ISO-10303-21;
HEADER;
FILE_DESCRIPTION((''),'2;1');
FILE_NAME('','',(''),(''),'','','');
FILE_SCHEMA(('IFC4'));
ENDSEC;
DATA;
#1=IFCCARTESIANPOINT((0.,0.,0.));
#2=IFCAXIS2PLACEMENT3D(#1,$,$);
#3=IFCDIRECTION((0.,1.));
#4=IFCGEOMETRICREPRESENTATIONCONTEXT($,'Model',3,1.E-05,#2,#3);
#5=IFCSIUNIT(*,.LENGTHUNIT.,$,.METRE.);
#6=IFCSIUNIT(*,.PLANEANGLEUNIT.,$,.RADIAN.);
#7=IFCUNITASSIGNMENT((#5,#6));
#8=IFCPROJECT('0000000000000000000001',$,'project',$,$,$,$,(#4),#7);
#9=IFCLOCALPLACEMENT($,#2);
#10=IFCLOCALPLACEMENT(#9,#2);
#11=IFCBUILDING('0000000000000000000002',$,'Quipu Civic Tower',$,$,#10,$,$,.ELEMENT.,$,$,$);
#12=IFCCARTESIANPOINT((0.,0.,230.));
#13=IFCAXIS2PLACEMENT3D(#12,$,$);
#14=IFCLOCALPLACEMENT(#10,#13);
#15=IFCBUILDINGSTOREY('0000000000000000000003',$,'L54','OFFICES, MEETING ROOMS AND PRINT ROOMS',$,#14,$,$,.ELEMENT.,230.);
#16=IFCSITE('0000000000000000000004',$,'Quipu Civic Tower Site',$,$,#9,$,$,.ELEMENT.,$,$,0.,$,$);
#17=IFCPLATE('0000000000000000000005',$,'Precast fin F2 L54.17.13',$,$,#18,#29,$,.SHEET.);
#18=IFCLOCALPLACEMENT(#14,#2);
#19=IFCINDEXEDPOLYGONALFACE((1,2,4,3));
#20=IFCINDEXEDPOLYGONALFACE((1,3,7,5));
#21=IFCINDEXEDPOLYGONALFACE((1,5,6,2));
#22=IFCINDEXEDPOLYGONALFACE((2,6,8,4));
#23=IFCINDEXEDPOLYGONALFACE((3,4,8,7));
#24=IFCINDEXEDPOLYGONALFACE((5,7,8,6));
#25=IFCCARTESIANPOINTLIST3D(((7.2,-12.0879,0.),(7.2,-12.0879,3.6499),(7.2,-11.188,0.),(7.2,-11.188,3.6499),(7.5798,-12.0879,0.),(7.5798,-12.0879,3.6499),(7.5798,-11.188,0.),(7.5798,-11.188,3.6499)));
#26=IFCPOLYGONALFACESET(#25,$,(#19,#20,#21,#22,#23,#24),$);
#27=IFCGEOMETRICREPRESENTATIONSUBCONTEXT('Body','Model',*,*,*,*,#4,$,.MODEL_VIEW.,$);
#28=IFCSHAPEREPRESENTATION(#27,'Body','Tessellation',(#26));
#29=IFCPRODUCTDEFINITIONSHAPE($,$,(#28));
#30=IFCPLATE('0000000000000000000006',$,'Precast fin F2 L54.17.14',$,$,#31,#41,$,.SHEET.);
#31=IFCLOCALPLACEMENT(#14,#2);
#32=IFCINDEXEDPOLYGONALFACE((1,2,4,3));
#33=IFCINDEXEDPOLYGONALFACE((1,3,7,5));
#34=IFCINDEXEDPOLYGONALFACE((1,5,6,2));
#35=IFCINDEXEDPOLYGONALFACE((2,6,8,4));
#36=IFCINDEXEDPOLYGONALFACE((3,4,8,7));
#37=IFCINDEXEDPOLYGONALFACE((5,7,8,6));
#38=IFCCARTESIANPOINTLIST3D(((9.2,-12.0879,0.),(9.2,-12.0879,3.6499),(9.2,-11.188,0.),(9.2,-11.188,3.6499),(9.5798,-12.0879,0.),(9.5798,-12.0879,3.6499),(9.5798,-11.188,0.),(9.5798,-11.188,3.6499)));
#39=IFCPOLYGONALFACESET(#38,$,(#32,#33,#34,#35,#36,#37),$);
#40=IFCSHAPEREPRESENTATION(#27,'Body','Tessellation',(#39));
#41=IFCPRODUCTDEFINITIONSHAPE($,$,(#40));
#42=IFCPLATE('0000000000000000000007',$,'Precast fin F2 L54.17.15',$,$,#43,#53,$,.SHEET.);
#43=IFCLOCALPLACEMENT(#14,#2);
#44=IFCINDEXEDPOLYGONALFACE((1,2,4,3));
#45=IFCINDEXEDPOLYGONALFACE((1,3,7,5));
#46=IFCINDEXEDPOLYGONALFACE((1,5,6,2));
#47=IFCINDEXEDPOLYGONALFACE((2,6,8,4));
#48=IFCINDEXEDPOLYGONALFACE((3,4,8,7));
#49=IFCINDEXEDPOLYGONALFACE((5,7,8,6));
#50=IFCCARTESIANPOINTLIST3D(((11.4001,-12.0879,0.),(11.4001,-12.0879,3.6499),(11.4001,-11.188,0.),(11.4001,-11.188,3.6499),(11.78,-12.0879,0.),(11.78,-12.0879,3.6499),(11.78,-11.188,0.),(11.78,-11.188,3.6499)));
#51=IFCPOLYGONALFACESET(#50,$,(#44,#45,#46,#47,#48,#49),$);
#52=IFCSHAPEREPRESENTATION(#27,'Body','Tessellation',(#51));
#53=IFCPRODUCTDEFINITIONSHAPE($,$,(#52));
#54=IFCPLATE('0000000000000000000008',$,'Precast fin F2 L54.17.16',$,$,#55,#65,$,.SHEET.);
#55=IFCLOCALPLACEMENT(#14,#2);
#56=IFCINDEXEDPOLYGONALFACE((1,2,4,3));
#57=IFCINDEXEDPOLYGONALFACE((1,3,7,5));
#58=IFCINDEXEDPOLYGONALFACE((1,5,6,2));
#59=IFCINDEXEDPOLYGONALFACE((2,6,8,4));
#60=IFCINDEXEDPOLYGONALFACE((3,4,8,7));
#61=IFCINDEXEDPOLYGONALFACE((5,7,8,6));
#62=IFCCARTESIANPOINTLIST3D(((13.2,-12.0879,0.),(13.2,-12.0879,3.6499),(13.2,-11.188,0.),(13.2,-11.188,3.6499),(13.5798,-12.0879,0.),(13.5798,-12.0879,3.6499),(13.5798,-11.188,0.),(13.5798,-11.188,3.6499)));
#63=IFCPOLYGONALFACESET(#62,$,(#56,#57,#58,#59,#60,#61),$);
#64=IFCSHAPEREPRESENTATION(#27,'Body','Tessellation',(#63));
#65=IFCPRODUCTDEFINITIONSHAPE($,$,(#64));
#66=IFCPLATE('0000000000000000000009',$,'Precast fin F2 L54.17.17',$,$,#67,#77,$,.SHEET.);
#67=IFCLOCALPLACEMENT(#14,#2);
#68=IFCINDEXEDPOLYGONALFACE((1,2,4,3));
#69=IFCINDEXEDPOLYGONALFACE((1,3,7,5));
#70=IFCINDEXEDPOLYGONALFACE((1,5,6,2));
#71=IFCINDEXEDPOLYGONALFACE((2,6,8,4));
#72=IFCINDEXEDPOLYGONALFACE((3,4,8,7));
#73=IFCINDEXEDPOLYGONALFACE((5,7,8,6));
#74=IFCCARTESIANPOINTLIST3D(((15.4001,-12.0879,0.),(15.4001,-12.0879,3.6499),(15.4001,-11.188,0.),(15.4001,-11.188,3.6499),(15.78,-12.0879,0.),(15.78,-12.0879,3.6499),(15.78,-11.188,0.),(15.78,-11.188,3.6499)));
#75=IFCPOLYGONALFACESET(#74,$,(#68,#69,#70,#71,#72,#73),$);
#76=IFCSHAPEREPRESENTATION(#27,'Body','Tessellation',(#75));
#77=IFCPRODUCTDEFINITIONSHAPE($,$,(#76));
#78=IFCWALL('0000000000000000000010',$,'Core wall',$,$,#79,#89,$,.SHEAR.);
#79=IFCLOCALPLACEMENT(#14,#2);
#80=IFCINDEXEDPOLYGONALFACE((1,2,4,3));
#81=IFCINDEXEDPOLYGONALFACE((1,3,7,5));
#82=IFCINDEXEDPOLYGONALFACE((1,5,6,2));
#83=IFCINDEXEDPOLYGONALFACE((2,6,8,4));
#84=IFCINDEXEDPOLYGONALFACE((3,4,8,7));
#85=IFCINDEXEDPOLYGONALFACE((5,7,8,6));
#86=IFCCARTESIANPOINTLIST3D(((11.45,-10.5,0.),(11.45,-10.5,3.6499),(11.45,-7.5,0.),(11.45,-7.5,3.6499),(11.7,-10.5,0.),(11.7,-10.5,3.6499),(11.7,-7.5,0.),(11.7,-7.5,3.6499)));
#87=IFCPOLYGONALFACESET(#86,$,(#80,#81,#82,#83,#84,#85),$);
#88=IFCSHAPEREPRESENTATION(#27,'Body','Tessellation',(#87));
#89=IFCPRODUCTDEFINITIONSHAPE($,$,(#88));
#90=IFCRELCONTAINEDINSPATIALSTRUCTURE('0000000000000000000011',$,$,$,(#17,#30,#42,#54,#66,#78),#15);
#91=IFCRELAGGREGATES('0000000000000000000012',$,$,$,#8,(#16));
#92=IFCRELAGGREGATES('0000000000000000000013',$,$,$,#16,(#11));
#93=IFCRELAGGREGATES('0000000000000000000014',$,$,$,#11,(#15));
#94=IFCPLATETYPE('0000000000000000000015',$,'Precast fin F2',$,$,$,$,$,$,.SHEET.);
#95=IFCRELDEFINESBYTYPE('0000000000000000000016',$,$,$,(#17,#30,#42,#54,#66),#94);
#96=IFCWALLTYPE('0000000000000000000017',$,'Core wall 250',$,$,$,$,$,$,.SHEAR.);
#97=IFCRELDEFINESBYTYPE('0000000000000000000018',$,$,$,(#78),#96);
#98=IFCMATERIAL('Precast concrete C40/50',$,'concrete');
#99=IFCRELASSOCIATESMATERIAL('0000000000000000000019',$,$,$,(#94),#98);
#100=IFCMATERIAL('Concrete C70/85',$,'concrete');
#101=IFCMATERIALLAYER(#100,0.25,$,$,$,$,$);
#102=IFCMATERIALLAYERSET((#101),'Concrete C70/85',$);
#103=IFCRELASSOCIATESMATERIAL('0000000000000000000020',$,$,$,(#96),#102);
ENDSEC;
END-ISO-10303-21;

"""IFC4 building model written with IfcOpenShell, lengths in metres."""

from ifc_helpers import new_model, si_unit, direction, frame, frame_2d, origin, origin_2d, place, context, subcontext, project, spatial, rectangle, extrude, material, layer, layer_set, type_object, element, save


model = new_model("IFC4")

# Units and contexts
model_context = context("Model", 3, precision=1e-05, world=origin(), true_north=direction((0.0, 1.0)))
body_context = subcontext(model_context, "Body", "Model", "MODEL_VIEW")
ifc_project = project(units=[si_unit("LENGTHUNIT", "METRE"), si_unit("PLANEANGLEUNIT", "RADIAN")], contexts=[model_context])

# Site, building, storey
site_placement = place(None, origin())
site = spatial("IfcSite", under=ifc_project, at=site_placement, Name="Quipu Civic Tower Site", CompositionType="ELEMENT", RefElevation=0.0)
building_placement = place(site_placement, origin())
building = spatial("IfcBuilding", under=site, at=building_placement, Name="Quipu Civic Tower", CompositionType="ELEMENT")
storey_placement = place(building_placement, frame((0.0, 0.0, 230.0)))
storey = spatial("IfcBuildingStorey", under=building, at=storey_placement, Name="L54", Description="OFFICES, MEETING ROOMS AND PRINT ROOMS", CompositionType="ELEMENT", Elevation=230.0)

# Plates
ifc_material_1 = material(Name="Precast concrete C40/50", Category="concrete")
plate_type = type_object("IfcPlateType", Name="Precast fin F2", PredefinedType="SHEET", material=ifc_material_1)
for number, where, z_axis, x_axis, name in (
    (1, (7.3899, -11.6379, 0.0), (0.0, 0.0, 1.0), (1.0, 0.0, 0.0), "Precast fin F2 L54.17.13"),
    (2, (9.3899, -11.6379, 0.0), (0.0, 0.0, 1.0), (1.0, 0.0, 0.0), "Precast fin F2 L54.17.14"),
    (3, (11.5901, -11.6379, 0.0), (0.0, 0.0, 1.0), (1.0, 0.0, 0.0), "Precast fin F2 L54.17.15"),
    (4, (13.3899, -11.6379, 0.0), (0.0, 0.0, 1.0), (1.0, 0.0, 0.0), "Precast fin F2 L54.17.16"),
    (5, (15.5901, -11.6379, 0.0), (0.0, 0.0, 1.0), (1.0, 0.0, 0.0), "Precast fin F2 L54.17.17"),
):
    element("IfcPlate", number, at=place(storey_placement, frame(where, z_axis=z_axis, x_axis=x_axis)), inside=storey, type_object=plate_type, Name=name, PredefinedType="SHEET", context=body_context, shape_type="SweptSolid", body=[
        extrude(rectangle(XDim=0.3799, YDim=0.8999, at=origin_2d()), origin(), (0.0, 0.0, 1.0), 3.6499),
    ])

# Wall
ifc_material_2 = material(Name="Concrete C70/85", Category="concrete")
ifc_layer_1 = layer(ifc_material_2, 0.25)
ifc_layer_set_1 = layer_set([ifc_layer_1], Name="Concrete C70/85")
wall_type_1 = type_object("IfcWallType", Name="Core wall 250", PredefinedType="SHEAR", material=ifc_layer_set_1)
wall_1_placement = place(storey_placement, frame((11.575, -10.5, 0.0), z_axis=(0.0, 0.0, 1.0), x_axis=(0.0, 1.0, 0.0)))
element("IfcWall", 6, at=wall_1_placement, inside=storey, type_object=wall_type_1, Name="Core wall", PredefinedType="SHEAR", context=body_context, shape_type="SweptSolid", body=[
    extrude(rectangle(XDim=3.0, YDim=0.25, at=frame_2d((1.5, 0.0))), origin(), (0.0, 0.0, 1.0), 3.6499),
])

save(model, "model.ifc")
